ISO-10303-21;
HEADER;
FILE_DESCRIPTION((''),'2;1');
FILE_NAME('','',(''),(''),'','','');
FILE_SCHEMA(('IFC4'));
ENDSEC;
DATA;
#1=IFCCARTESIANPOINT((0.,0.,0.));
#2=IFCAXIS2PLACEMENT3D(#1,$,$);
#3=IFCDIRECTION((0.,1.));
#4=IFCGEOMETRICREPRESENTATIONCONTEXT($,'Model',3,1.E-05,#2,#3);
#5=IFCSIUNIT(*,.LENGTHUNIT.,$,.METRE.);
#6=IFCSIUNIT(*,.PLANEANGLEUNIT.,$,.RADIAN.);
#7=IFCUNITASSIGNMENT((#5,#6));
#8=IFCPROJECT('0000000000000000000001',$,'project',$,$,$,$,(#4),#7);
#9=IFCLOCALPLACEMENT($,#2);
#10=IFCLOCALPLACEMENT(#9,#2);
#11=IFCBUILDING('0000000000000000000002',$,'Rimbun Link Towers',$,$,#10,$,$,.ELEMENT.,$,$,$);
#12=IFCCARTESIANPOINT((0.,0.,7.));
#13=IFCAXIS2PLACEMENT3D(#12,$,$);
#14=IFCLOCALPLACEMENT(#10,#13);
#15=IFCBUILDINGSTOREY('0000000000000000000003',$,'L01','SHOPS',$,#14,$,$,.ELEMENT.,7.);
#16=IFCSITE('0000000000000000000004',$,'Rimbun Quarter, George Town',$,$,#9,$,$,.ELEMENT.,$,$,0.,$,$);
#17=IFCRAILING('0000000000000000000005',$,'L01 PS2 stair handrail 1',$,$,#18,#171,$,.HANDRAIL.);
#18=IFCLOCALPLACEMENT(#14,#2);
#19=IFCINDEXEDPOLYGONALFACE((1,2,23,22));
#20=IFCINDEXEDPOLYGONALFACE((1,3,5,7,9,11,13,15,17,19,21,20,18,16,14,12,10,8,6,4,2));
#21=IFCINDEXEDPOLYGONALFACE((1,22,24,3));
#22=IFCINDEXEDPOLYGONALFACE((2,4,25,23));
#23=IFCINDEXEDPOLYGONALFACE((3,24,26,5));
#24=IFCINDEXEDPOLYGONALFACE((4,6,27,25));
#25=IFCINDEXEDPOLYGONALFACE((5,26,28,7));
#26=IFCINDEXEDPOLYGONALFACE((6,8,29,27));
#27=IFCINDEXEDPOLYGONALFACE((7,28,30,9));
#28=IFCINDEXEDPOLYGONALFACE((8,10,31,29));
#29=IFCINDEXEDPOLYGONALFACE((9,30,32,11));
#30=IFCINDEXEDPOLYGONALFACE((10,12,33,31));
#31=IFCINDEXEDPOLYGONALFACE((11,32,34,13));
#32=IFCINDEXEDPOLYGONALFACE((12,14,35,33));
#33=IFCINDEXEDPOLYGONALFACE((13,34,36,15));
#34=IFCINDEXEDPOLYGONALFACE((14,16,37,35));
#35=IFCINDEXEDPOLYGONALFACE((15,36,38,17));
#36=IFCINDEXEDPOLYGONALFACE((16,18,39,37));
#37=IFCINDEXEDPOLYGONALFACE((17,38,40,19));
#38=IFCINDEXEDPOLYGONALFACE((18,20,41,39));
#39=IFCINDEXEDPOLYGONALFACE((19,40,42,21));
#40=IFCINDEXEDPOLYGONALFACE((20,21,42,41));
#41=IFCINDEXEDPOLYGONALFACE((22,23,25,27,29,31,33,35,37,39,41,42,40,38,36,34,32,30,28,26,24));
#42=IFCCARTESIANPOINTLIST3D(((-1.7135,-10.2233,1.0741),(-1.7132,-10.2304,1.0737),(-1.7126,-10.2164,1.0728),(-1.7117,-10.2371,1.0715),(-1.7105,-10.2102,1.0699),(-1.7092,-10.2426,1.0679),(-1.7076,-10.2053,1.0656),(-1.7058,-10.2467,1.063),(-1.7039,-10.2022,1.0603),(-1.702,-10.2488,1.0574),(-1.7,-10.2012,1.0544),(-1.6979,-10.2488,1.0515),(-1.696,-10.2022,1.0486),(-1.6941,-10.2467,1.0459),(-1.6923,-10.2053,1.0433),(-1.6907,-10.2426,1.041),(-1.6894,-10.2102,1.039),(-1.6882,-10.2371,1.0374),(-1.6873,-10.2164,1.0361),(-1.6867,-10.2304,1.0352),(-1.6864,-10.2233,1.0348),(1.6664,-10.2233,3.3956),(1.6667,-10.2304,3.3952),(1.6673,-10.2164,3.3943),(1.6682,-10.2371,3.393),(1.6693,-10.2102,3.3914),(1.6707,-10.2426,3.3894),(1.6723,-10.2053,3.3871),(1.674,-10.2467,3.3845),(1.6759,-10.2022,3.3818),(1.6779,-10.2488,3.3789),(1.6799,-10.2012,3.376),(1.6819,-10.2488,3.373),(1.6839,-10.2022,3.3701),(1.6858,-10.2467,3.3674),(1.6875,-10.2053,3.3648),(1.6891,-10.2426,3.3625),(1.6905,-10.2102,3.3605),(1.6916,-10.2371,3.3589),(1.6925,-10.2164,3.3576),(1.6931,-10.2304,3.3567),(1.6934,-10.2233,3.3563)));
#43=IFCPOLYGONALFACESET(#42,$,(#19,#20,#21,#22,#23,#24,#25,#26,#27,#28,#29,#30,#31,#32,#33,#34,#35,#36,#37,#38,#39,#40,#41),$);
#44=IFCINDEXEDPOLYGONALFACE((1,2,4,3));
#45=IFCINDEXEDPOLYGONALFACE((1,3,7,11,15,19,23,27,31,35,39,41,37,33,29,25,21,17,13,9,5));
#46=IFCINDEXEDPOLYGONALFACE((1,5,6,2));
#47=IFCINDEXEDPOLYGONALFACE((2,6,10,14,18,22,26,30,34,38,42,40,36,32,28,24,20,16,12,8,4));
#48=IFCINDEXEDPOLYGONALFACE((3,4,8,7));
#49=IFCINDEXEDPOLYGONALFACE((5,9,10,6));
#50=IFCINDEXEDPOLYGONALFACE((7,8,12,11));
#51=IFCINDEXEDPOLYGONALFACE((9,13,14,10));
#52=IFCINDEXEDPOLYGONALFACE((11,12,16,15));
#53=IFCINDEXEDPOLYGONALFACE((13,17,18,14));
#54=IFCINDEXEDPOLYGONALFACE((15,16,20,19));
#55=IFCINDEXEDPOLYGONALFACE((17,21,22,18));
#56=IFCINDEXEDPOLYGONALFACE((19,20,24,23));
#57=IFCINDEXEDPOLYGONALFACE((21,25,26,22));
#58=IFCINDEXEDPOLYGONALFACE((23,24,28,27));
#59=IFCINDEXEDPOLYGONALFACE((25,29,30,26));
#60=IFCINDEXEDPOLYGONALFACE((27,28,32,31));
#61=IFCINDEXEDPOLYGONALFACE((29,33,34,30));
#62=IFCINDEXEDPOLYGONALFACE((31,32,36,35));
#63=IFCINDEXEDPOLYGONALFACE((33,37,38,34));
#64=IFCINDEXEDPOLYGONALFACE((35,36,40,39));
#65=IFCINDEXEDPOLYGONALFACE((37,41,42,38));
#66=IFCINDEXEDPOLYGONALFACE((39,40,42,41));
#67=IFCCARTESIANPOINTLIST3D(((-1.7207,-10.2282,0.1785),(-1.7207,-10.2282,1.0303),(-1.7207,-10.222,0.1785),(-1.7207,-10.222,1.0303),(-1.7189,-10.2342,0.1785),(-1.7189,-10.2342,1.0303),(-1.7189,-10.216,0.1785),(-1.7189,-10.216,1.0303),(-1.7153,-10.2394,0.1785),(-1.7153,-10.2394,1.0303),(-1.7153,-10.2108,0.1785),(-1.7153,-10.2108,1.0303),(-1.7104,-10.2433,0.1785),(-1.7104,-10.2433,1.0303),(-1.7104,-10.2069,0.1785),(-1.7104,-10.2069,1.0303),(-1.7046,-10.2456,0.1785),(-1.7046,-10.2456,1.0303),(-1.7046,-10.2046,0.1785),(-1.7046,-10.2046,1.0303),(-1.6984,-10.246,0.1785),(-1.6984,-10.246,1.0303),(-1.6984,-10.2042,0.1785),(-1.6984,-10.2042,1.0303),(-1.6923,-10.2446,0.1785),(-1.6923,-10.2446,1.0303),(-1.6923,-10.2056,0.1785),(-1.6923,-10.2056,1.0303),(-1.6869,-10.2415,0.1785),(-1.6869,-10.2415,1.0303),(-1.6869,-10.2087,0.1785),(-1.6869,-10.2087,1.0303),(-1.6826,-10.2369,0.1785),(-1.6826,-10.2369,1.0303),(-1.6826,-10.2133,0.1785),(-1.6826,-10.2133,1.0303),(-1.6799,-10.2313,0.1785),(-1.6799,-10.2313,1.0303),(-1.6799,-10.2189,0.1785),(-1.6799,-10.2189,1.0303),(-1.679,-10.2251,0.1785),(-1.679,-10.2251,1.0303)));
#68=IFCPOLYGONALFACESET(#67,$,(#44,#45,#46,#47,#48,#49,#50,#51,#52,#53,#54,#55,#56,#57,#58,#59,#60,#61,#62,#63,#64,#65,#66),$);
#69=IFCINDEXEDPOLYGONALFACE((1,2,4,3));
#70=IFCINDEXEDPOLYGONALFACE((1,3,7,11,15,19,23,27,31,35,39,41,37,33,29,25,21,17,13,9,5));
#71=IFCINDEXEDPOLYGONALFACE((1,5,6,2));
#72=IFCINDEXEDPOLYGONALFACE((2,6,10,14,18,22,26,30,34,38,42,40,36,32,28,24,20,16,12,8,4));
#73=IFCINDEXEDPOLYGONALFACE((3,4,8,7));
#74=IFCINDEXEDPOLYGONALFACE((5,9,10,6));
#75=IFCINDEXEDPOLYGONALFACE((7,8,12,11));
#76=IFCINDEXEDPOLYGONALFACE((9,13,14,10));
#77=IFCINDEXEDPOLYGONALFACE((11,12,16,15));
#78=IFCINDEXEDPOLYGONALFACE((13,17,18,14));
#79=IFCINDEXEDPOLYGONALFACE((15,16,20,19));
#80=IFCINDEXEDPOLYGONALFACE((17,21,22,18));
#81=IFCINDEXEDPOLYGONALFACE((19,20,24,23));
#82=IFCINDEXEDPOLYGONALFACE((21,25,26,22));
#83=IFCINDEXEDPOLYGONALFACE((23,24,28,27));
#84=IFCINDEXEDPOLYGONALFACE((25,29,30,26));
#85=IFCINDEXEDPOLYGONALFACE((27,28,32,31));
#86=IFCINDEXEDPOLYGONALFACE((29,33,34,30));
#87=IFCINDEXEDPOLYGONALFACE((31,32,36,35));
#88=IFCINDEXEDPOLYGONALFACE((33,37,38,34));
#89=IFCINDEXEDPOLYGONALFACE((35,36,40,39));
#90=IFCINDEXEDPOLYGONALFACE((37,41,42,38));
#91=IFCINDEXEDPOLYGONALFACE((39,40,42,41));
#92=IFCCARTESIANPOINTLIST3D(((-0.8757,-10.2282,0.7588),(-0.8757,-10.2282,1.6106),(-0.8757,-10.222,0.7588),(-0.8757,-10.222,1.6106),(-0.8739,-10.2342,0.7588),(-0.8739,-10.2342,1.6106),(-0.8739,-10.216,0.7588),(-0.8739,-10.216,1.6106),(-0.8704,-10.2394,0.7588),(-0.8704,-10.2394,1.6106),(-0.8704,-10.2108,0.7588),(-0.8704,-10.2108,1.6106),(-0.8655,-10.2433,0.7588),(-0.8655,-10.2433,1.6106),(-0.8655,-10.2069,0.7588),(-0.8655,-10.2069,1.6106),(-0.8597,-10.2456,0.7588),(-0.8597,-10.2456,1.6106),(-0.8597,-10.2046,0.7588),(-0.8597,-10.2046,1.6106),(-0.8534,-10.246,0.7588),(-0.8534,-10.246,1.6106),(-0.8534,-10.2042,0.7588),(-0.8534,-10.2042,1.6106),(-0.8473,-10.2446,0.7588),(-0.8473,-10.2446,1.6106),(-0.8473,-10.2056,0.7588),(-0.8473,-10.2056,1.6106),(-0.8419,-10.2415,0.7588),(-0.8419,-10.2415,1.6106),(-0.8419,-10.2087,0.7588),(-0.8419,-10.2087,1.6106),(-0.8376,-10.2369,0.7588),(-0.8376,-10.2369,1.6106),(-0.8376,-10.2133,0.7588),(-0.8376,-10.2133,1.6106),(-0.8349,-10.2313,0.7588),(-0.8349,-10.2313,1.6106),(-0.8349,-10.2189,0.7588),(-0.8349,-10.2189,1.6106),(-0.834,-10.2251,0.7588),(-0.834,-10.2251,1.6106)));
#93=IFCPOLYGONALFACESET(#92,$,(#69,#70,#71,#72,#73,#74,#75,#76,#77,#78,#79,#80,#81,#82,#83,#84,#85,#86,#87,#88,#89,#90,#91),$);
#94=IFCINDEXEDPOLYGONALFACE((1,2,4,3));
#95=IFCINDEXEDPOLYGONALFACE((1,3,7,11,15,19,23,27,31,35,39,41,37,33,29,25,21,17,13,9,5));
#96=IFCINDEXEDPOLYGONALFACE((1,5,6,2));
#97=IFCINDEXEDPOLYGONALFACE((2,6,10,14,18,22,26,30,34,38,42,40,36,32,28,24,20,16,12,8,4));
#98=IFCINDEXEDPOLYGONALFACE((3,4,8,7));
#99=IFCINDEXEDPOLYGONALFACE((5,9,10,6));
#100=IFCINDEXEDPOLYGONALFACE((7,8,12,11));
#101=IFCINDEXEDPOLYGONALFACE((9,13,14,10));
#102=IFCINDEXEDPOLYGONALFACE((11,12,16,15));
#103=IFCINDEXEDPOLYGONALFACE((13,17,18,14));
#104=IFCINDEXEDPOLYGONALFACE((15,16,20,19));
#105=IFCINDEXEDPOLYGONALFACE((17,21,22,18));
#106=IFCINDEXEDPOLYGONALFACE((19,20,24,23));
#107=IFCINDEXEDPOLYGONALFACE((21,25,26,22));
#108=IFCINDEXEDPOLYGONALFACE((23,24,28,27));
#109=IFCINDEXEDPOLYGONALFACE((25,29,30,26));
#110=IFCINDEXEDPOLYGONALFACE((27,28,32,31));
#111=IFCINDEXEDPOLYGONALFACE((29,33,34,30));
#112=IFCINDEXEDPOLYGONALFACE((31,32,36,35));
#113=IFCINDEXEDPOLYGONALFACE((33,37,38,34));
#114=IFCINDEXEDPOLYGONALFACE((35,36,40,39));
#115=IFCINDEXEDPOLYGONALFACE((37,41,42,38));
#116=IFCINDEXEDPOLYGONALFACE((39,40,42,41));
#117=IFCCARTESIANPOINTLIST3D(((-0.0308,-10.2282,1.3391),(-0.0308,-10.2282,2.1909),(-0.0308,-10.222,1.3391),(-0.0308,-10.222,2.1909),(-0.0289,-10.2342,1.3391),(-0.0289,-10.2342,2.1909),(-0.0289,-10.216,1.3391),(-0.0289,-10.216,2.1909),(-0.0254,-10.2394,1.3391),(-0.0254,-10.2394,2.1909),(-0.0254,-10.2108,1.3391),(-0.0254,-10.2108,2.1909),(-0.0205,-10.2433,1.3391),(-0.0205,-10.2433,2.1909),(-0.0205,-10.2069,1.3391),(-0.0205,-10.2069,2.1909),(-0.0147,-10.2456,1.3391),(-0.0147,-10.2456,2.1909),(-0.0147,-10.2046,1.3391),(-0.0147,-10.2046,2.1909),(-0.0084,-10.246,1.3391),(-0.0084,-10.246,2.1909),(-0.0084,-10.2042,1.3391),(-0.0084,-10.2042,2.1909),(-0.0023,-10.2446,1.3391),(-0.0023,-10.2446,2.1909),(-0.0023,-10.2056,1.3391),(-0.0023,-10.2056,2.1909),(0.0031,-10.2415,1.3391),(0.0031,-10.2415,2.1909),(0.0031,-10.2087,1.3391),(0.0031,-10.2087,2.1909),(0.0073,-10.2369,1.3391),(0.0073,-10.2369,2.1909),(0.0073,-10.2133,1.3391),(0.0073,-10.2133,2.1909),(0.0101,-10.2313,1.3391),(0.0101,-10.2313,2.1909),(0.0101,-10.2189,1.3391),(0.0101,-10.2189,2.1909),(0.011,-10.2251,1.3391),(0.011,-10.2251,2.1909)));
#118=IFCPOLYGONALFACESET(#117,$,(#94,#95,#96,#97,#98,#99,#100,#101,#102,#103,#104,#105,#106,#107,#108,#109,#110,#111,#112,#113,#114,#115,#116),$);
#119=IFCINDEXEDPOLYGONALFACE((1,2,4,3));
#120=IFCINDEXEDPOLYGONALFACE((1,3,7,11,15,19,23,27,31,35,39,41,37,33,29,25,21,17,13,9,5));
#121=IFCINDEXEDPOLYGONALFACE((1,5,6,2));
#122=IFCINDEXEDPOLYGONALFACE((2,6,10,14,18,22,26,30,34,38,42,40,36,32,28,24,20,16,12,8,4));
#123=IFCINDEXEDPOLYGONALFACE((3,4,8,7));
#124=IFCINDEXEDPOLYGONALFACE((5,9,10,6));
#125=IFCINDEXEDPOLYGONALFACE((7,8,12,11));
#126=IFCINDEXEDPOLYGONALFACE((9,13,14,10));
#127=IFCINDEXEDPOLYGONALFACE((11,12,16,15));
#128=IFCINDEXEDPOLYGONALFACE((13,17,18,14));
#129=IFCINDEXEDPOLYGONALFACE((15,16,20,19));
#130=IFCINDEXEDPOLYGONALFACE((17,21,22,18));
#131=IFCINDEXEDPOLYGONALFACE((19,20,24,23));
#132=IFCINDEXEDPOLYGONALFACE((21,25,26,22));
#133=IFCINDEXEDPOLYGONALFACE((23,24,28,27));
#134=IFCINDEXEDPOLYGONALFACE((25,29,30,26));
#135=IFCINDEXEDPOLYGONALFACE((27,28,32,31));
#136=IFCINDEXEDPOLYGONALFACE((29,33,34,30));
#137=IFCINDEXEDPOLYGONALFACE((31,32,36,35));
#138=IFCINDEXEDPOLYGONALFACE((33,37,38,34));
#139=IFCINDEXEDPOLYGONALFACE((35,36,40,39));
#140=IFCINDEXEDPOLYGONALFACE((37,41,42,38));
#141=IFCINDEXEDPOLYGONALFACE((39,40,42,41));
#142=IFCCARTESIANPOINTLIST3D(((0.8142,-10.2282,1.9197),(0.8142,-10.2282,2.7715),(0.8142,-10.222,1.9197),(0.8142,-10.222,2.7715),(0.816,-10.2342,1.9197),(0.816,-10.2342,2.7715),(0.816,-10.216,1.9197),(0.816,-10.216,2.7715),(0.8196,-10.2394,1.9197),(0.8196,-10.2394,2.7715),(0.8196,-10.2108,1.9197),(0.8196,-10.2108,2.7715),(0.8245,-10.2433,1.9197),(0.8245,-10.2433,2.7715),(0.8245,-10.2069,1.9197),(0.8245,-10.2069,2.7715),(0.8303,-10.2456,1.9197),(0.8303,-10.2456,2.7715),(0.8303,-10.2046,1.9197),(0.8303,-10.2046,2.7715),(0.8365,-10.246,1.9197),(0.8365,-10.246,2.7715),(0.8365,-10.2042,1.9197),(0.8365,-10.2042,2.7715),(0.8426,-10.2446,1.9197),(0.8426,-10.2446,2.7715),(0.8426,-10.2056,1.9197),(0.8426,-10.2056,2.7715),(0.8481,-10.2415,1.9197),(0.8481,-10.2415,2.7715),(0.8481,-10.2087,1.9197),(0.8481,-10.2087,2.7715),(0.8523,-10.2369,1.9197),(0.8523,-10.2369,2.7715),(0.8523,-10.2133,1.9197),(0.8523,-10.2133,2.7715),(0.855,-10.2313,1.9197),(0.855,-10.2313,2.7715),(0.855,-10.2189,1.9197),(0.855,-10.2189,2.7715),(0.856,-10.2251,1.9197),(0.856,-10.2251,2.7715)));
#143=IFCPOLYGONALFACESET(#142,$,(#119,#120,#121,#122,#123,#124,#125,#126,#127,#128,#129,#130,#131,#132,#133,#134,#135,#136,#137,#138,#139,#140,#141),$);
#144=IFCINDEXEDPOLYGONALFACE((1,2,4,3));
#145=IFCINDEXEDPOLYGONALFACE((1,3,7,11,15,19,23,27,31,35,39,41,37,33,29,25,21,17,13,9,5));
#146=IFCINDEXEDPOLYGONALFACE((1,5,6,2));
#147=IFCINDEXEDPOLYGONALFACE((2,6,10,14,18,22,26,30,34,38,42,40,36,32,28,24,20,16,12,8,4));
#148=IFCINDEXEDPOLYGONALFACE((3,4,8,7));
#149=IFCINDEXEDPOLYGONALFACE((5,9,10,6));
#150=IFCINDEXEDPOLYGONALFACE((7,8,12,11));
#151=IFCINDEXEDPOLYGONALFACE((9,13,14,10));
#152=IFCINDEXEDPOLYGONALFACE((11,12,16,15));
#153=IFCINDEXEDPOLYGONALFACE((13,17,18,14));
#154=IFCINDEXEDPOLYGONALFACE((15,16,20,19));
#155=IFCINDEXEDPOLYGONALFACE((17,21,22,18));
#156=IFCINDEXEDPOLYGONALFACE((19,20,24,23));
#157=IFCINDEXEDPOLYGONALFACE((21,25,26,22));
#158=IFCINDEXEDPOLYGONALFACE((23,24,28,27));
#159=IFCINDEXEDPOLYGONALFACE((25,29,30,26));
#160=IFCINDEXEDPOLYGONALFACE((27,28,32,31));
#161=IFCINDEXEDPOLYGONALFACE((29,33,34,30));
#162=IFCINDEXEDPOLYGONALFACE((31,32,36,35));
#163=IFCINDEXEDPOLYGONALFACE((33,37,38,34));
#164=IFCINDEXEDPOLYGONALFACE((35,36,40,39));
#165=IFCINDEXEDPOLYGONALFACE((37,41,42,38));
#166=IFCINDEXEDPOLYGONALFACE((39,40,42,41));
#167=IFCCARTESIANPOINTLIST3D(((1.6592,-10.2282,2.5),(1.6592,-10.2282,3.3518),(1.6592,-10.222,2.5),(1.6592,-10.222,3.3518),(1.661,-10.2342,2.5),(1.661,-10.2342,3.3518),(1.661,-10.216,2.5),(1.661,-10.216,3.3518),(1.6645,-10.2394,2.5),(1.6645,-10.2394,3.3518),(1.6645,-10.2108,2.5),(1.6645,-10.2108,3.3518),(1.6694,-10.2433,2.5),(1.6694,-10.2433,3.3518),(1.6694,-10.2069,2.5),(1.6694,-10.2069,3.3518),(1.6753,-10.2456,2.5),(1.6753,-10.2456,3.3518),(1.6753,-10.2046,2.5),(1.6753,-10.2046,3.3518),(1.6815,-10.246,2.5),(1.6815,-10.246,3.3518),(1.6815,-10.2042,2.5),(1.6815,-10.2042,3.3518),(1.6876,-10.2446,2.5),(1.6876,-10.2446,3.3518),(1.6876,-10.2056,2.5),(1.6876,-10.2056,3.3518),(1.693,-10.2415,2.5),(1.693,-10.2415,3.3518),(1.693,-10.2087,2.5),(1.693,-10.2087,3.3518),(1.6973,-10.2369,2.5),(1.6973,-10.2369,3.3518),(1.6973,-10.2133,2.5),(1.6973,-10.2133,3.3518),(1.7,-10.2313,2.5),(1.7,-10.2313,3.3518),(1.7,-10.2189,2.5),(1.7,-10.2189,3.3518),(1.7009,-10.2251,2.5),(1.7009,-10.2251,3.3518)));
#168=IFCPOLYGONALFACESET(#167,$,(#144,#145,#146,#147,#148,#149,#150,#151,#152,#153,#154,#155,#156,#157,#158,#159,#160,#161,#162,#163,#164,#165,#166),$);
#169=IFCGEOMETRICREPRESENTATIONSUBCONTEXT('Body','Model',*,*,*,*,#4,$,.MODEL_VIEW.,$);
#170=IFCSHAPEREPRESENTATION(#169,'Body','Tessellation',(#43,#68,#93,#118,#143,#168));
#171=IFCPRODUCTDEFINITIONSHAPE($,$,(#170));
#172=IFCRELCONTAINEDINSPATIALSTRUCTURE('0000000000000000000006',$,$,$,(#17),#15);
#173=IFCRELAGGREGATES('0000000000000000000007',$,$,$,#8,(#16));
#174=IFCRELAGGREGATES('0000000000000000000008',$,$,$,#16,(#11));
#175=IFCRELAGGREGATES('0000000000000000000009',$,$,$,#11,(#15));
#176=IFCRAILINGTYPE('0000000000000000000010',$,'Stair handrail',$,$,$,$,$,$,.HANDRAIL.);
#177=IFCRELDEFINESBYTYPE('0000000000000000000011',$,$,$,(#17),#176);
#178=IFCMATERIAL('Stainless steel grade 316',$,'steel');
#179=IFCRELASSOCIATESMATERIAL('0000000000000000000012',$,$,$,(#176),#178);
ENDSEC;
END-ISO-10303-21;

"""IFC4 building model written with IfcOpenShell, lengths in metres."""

from ifc_helpers import new_model, si_unit, direction, frame, origin, origin_2d, place, context, subcontext, project, spatial, circle, extrude, material, type_object, element, save


model = new_model("IFC4")

# Units and contexts
model_context = context("Model", 3, precision=1e-05, world=origin(), true_north=direction((0.0, 1.0)))
body_context = subcontext(model_context, "Body", "Model", "MODEL_VIEW")
ifc_project = project(units=[si_unit("LENGTHUNIT", "METRE"), si_unit("PLANEANGLEUNIT", "RADIAN")], contexts=[model_context])

# Site, building, storey
site_placement = place(None, origin())
site = spatial("IfcSite", under=ifc_project, at=site_placement, Name="Rimbun Quarter, George Town", CompositionType="ELEMENT", RefElevation=0.0)
building_placement = place(site_placement, origin())
building = spatial("IfcBuilding", under=site, at=building_placement, Name="Rimbun Link Towers", CompositionType="ELEMENT")
storey_placement = place(building_placement, frame((0.0, 0.0, 7.0)))
storey = spatial("IfcBuildingStorey", under=building, at=storey_placement, Name="L01", Description="SHOPS", CompositionType="ELEMENT", Elevation=7.0)

# Railing
ifc_material_1 = material(Name="Stainless steel grade 316", Category="steel")
railing_type_1 = type_object("IfcRailingType", Name="Stair handrail", PredefinedType="HANDRAIL", material=ifc_material_1)
railing_1_placement = place(storey_placement, frame((-1.7, -10.2251, 0.1785)))
element("IfcRailing", 1, at=railing_1_placement, inside=storey, type_object=railing_type_1, Name="L01 PS2 stair handrail 1", PredefinedType="HANDRAIL", context=body_context, shape_type="SweptSolid", body=[
    extrude(circle(Radius=0.0239, at=origin_2d()), frame((0.0, 0.0, 0.876), z_axis=(0.824285, 0.0, 0.566175), x_axis=(0.0, 1.0, 0.0)), (0.0, 0.0, 1.0), 4.1003),
    extrude(circle(Radius=0.021, at=origin_2d()), origin(), (0.0, 0.0, 1.0), 0.8518),
    extrude(circle(Radius=0.021, at=origin_2d()), frame((0.845, 0.0, 0.5803)), (0.0, 0.0, 1.0), 0.8518),
    extrude(circle(Radius=0.021, at=origin_2d()), frame((1.6899, 0.0, 1.1606)), (0.0, 0.0, 1.0), 0.8518),
    extrude(circle(Radius=0.021, at=origin_2d()), frame((2.5349, 0.0, 1.7412)), (0.0, 0.0, 1.0), 0.8518),
    extrude(circle(Radius=0.021, at=origin_2d()), frame((3.3799, 0.0, 2.3215)), (0.0, 0.0, 1.0), 0.8518),
])

save(model, "model.ifc")
